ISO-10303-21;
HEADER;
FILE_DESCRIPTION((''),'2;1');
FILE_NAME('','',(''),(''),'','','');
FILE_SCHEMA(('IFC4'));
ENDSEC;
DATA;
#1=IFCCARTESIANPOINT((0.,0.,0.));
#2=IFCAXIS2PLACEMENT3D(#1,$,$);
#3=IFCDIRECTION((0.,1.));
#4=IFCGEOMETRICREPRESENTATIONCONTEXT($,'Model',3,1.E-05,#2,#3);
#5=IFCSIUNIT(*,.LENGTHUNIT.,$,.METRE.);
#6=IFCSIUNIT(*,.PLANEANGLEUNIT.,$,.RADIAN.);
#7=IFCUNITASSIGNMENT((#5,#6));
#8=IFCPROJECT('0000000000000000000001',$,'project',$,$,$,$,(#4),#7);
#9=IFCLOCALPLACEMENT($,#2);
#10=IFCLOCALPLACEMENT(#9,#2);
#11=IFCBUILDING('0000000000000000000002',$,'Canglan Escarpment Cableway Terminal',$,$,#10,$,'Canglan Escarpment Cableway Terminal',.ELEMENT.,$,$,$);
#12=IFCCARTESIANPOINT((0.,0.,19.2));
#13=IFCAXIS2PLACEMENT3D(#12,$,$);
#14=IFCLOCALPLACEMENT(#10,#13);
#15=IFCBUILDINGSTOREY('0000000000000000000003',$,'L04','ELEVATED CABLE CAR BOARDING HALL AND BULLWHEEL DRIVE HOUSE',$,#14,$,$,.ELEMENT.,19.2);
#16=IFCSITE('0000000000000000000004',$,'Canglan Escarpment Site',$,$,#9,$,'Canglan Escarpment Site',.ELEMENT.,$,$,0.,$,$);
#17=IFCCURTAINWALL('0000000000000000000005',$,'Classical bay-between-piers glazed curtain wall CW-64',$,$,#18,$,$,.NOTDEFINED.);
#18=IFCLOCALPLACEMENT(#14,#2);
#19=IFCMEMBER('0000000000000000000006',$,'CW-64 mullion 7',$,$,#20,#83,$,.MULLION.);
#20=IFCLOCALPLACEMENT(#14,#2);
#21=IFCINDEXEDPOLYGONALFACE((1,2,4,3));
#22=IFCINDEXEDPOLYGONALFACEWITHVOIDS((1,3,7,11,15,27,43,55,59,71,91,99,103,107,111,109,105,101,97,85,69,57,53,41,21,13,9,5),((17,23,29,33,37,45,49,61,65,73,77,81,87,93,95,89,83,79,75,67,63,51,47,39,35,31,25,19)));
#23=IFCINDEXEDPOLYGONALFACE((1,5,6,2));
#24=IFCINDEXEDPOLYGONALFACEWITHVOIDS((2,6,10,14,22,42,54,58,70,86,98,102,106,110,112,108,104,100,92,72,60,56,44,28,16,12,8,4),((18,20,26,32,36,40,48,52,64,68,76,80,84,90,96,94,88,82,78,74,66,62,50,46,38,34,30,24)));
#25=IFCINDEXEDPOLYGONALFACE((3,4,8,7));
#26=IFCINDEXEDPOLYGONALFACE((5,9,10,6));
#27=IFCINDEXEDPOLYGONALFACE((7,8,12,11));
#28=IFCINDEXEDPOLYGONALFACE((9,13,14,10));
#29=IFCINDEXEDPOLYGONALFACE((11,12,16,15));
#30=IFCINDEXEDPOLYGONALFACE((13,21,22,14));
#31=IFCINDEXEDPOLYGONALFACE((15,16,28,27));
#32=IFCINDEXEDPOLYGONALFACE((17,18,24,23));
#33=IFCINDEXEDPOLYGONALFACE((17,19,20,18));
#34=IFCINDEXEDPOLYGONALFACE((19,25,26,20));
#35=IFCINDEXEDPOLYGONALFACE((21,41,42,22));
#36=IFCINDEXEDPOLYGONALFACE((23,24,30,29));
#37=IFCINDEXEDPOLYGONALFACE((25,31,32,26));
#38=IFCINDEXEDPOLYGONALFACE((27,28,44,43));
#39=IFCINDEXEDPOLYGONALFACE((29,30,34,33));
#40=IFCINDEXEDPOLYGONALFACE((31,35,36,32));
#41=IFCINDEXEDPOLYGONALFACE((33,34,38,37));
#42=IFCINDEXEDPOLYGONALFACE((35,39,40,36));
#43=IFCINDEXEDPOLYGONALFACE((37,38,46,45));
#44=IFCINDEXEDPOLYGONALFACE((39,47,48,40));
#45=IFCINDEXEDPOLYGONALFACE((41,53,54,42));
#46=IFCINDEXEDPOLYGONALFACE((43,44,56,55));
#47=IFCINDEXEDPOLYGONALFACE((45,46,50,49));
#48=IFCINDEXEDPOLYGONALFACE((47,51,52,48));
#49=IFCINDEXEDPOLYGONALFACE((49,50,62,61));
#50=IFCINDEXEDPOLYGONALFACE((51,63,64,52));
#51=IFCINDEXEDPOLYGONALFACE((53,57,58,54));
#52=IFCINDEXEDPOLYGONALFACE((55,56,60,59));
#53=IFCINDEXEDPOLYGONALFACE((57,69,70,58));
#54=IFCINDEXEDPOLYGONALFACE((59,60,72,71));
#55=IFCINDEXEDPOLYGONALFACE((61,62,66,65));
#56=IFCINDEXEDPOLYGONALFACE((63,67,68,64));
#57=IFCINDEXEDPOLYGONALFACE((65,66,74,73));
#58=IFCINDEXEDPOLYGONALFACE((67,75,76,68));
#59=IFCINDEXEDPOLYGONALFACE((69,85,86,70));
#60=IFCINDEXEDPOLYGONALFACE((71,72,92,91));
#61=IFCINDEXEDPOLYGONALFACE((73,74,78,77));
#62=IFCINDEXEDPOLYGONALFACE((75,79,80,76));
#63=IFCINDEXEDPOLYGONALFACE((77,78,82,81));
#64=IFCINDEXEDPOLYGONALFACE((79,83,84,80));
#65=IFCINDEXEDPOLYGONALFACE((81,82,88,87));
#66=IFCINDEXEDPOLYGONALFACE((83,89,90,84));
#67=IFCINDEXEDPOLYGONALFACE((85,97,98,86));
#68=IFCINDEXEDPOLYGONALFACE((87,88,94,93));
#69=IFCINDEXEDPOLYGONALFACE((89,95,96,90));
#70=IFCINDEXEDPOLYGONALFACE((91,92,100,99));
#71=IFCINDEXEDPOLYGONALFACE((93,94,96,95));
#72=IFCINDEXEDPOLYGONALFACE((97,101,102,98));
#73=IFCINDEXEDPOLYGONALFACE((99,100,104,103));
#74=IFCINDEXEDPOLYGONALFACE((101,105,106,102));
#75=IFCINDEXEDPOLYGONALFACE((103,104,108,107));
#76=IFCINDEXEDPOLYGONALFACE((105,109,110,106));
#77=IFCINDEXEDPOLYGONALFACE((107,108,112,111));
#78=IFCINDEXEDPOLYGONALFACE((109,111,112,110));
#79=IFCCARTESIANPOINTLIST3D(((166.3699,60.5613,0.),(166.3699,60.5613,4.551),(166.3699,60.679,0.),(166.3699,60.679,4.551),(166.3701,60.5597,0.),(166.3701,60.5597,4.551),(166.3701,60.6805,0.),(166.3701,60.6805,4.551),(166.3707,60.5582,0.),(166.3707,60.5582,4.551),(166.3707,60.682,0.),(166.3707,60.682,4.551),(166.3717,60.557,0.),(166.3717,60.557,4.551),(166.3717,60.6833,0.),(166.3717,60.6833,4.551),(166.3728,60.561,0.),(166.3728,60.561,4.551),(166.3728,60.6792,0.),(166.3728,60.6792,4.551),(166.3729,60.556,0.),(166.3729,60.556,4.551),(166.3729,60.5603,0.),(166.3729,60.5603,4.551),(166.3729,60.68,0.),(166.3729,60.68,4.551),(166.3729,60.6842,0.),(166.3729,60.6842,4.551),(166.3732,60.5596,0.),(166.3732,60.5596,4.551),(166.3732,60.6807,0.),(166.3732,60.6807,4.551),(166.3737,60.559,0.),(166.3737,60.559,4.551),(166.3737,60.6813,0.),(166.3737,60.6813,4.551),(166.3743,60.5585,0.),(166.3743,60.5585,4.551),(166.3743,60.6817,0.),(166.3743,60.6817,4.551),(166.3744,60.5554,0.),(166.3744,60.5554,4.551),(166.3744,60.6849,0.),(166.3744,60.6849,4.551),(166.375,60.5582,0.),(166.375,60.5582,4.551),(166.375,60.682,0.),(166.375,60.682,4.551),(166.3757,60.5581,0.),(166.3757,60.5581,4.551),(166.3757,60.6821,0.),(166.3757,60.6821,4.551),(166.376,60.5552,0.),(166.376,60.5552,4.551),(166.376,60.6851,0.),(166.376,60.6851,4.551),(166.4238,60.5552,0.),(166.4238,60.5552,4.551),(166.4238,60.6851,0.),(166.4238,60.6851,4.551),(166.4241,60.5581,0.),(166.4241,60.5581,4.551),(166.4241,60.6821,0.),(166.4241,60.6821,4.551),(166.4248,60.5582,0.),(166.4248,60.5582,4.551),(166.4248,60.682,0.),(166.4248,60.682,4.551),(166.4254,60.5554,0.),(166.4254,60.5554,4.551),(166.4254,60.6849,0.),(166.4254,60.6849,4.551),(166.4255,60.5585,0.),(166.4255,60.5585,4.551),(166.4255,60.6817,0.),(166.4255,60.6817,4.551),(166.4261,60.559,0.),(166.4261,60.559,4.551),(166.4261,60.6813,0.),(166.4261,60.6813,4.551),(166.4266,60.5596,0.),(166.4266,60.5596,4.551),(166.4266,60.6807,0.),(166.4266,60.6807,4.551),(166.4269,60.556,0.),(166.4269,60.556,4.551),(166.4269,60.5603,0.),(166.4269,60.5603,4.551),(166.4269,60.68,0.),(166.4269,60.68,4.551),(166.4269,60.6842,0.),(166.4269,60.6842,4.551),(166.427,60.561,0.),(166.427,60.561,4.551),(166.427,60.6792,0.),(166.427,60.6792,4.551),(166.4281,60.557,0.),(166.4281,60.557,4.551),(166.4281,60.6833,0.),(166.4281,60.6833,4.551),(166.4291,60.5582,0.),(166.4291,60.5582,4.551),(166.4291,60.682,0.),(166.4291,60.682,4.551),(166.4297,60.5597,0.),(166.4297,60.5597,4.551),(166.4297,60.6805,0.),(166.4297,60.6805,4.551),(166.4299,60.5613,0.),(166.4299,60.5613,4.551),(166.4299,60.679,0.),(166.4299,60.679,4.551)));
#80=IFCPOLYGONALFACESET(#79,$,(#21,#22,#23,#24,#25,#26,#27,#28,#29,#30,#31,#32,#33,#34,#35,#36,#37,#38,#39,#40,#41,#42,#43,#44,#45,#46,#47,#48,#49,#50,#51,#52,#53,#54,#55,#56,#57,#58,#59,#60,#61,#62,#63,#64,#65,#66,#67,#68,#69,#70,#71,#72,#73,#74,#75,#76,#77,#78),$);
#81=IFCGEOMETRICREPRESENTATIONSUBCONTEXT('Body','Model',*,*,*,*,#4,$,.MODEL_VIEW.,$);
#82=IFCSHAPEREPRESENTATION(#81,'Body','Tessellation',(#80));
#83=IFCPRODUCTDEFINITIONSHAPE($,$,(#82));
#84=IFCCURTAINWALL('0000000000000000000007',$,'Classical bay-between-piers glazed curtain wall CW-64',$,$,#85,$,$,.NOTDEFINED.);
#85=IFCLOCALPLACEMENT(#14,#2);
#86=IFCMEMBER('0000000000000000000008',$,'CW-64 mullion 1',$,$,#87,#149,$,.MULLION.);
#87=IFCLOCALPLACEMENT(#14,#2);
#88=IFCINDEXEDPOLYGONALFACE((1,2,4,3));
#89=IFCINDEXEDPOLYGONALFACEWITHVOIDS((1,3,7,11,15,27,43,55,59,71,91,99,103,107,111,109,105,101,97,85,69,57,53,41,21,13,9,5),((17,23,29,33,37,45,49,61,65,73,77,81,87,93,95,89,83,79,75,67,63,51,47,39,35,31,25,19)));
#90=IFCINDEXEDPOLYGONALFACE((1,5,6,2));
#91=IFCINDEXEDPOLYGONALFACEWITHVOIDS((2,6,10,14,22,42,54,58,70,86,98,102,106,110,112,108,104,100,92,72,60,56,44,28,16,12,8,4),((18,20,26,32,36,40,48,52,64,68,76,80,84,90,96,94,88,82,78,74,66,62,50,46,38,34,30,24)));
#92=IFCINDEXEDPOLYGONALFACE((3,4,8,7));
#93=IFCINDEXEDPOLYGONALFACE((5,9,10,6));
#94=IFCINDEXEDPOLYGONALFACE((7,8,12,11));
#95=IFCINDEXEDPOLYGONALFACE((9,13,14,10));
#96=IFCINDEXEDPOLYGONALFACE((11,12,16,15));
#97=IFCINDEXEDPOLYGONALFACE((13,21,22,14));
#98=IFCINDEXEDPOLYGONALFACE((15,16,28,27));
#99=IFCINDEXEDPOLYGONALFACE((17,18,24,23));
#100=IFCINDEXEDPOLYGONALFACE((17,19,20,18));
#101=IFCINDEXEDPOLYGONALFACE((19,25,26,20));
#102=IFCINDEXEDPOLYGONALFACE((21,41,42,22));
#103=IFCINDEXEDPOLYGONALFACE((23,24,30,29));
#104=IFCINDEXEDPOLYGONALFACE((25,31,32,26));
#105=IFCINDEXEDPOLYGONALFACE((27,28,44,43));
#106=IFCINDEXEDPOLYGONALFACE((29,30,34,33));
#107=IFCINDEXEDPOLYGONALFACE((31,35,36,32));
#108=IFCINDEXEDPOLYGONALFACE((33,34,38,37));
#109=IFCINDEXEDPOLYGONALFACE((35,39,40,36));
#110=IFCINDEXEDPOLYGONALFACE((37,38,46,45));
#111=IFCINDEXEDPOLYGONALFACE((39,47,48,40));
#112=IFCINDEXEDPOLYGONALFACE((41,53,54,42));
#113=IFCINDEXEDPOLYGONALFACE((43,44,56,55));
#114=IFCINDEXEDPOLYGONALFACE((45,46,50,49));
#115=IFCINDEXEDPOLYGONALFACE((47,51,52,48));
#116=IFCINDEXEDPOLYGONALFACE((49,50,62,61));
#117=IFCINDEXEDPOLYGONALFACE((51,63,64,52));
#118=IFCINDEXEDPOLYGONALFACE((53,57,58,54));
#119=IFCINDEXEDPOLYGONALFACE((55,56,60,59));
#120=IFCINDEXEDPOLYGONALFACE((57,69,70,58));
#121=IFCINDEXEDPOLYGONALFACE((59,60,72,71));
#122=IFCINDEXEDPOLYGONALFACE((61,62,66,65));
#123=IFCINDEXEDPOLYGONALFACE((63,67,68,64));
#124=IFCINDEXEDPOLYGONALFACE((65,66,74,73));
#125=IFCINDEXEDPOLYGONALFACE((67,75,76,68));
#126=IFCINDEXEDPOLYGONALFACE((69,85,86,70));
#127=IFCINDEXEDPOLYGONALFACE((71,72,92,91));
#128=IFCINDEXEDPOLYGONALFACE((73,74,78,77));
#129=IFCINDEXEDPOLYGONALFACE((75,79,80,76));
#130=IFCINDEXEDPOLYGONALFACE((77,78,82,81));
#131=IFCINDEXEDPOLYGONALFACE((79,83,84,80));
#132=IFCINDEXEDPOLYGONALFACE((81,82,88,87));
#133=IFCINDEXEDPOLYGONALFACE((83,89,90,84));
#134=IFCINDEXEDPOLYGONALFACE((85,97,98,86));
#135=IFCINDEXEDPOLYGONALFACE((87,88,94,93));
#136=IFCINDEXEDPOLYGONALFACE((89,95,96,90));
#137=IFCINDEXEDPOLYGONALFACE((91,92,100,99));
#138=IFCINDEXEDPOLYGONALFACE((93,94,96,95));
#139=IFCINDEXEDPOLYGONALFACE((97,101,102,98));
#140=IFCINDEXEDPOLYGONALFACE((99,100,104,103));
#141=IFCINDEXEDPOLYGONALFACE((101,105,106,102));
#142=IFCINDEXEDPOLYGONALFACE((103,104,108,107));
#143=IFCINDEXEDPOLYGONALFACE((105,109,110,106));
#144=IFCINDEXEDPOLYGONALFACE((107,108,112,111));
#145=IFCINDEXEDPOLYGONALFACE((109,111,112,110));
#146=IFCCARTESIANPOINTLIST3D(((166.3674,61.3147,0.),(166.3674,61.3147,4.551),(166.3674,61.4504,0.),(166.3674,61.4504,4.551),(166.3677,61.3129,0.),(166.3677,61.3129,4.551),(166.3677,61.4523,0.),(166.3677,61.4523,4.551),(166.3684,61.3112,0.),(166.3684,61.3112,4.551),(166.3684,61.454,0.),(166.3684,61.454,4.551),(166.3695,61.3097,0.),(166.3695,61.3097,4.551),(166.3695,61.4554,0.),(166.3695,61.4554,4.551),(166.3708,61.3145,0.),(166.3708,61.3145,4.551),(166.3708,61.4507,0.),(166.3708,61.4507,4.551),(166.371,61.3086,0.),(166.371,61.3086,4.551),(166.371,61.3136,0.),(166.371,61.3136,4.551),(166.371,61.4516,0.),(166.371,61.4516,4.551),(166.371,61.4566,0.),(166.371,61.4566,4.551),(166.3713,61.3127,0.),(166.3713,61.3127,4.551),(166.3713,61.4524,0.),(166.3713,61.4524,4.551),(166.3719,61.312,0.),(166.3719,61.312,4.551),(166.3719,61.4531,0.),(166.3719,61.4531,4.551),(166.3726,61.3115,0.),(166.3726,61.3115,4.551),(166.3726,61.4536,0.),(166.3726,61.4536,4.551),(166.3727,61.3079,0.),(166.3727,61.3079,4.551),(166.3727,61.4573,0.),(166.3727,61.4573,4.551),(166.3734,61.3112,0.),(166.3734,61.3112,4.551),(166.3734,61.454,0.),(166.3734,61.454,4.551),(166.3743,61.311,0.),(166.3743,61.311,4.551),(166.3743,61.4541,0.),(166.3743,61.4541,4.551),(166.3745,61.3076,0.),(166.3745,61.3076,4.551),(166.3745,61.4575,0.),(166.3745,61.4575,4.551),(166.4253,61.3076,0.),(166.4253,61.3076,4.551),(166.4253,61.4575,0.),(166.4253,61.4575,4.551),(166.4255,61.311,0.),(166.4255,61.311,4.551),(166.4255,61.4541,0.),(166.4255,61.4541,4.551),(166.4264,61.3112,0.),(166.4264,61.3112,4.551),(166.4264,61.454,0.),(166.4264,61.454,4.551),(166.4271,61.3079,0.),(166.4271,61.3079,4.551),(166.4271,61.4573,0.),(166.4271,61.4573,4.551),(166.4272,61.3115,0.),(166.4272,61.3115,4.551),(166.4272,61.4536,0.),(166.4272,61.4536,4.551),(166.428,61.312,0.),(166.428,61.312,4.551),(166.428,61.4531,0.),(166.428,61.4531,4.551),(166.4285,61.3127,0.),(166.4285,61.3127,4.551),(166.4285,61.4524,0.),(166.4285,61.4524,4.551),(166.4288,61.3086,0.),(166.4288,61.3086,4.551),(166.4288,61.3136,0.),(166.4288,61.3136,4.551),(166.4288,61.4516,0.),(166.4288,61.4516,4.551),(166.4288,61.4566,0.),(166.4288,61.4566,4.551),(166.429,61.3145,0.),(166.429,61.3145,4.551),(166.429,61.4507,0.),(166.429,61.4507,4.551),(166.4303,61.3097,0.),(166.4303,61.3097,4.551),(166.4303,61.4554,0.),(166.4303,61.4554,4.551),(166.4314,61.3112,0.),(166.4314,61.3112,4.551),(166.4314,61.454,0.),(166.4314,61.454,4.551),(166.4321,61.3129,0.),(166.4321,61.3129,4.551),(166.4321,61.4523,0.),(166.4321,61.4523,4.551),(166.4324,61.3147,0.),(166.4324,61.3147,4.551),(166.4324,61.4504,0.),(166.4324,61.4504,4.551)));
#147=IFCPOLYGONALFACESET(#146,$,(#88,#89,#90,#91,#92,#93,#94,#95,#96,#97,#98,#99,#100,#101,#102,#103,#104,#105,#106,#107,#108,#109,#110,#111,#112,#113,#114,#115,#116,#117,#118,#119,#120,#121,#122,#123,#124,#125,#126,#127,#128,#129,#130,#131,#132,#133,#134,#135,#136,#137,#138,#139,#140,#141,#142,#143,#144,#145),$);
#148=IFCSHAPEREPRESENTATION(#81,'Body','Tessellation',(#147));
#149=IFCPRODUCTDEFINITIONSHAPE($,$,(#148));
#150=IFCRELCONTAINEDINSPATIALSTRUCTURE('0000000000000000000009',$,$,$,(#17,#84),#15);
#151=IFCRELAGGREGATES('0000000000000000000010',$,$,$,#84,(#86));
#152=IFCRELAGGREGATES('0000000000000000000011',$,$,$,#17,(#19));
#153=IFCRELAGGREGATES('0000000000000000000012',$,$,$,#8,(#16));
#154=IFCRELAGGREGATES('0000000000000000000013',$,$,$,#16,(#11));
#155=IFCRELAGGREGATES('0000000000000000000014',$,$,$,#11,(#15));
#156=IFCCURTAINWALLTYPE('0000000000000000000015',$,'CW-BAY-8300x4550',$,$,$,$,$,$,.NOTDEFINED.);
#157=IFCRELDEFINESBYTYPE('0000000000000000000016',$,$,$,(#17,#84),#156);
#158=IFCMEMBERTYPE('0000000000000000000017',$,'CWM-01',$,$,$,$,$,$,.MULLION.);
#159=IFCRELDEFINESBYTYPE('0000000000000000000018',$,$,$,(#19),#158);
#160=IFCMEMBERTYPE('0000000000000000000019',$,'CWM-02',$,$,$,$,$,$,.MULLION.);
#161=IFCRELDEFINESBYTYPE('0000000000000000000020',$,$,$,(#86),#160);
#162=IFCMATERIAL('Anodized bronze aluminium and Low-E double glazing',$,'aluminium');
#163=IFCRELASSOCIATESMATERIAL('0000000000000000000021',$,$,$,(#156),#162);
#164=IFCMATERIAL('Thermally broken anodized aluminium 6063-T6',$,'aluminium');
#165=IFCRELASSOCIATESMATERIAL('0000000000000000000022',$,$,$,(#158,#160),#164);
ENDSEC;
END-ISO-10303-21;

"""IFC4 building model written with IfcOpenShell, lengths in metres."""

from ifc_helpers import new_model, si_unit, direction, frame, origin, origin_2d, place, context, subcontext, project, spatial, hollow_rectangle, extrude, material, material_profile, profile_set, type_object, element, aggregate, save


model = new_model("IFC4")

# Units and contexts
model_context = context("Model", 3, precision=1e-05, world=origin(), true_north=direction((0.0, 1.0)))
body_context = subcontext(model_context, "Body", "Model", "MODEL_VIEW")
ifc_project = project(units=[si_unit("LENGTHUNIT", "METRE"), si_unit("PLANEANGLEUNIT", "RADIAN")], contexts=[model_context])

# Site, building, storey
site_placement = place(None, origin())
site = spatial("IfcSite", under=ifc_project, at=site_placement, Name="Canglan Escarpment Site", LongName="Canglan Escarpment Site", CompositionType="ELEMENT", RefElevation=0.0)
building_placement = place(site_placement, origin())
building = spatial("IfcBuilding", under=site, at=building_placement, Name="Canglan Escarpment Cableway Terminal", LongName="Canglan Escarpment Cableway Terminal", CompositionType="ELEMENT")
storey_placement = place(building_placement, frame((0.0, 0.0, 19.2)))
storey = spatial("IfcBuildingStorey", under=building, at=storey_placement, Name="L04", Description="ELEVATED CABLE CAR BOARDING HALL AND BULLWHEEL DRIVE HOUSE", CompositionType="ELEMENT", Elevation=19.2)

# Curtain walls, members
ifc_material_1 = material(Name="Anodized bronze aluminium and Low-E double glazing", Category="aluminium")
curtain_wall_type = type_object("IfcCurtainWallType", Name="CW-BAY-8300x4550", PredefinedType="NOTDEFINED", material=ifc_material_1)
curtain_wall_1_placement = place(storey_placement, origin())
curtain_wall_1 = element("IfcCurtainWall", 1, at=curtain_wall_1_placement, inside=storey, type_object=curtain_wall_type, Name="Classical bay-between-piers glazed curtain wall CW-64", PredefinedType="NOTDEFINED")
ifc_material_2 = material(Name="Thermally broken anodized aluminium 6063-T6", Category="aluminium")
ifc_material_profile_1 = material_profile(ifc_material_2, hollow_rectangle(XDim=0.0601, YDim=0.1299, WallThickness=0.0029, InnerFilletRadius=0.0029, OuterFilletRadius=0.0061, at=origin_2d()), Name="ALU-MULL 60x130x3")
ifc_profile_set_1 = profile_set([ifc_material_profile_1], Name="Thermally broken anodized aluminium 6063-T6")
member_type_1 = type_object("IfcMemberType", Name="CWM-01", PredefinedType="MULLION", material=ifc_profile_set_1)
member_1_placement = place(storey_placement, frame((166.3999, 60.6201, 0.0), z_axis=(0.0, 0.0, 1.0), x_axis=(-1.0, 0.0, 0.0)))
member_1 = element("IfcMember", 2, at=member_1_placement, type_object=member_type_1, Name="CW-64 mullion 7", PredefinedType="MULLION", context=body_context, shape_type="SweptSolid", body=[
    extrude(hollow_rectangle(XDim=0.0601, YDim=0.1299, WallThickness=0.0029, InnerFilletRadius=0.0029, OuterFilletRadius=0.0061, at=origin_2d()), origin(), (0.0, 0.0, 1.0), 4.551),
])
curtain_wall_2_placement = place(storey_placement, origin())
curtain_wall_2 = element("IfcCurtainWall", 3, at=curtain_wall_2_placement, inside=storey, type_object=curtain_wall_type, Name="Classical bay-between-piers glazed curtain wall CW-64", PredefinedType="NOTDEFINED")
ifc_material_profile_2 = material_profile(ifc_material_2, hollow_rectangle(XDim=0.0649, YDim=0.1499, WallThickness=0.0034, InnerFilletRadius=0.0034, OuterFilletRadius=0.0071, at=origin_2d()), Name="ALU-MULL 65x150x3.5")
ifc_profile_set_2 = profile_set([ifc_material_profile_2], Name="Thermally broken anodized aluminium 6063-T6")
member_type_2 = type_object("IfcMemberType", Name="CWM-02", PredefinedType="MULLION", material=ifc_profile_set_2)
member_2_placement = place(storey_placement, frame((166.3999, 61.3826, 0.0), z_axis=(0.0, 0.0, 1.0), x_axis=(-1.0, 0.0, 0.0)))
member_2 = element("IfcMember", 4, at=member_2_placement, type_object=member_type_2, Name="CW-64 mullion 1", PredefinedType="MULLION", context=body_context, shape_type="SweptSolid", body=[
    extrude(hollow_rectangle(XDim=0.0649, YDim=0.1499, WallThickness=0.0034, InnerFilletRadius=0.0034, OuterFilletRadius=0.0071, at=origin_2d()), origin(), (0.0, 0.0, 1.0), 4.551),
])

aggregate(curtain_wall_2, [member_2])
aggregate(curtain_wall_1, [member_1])

save(model, "model.ifc")
